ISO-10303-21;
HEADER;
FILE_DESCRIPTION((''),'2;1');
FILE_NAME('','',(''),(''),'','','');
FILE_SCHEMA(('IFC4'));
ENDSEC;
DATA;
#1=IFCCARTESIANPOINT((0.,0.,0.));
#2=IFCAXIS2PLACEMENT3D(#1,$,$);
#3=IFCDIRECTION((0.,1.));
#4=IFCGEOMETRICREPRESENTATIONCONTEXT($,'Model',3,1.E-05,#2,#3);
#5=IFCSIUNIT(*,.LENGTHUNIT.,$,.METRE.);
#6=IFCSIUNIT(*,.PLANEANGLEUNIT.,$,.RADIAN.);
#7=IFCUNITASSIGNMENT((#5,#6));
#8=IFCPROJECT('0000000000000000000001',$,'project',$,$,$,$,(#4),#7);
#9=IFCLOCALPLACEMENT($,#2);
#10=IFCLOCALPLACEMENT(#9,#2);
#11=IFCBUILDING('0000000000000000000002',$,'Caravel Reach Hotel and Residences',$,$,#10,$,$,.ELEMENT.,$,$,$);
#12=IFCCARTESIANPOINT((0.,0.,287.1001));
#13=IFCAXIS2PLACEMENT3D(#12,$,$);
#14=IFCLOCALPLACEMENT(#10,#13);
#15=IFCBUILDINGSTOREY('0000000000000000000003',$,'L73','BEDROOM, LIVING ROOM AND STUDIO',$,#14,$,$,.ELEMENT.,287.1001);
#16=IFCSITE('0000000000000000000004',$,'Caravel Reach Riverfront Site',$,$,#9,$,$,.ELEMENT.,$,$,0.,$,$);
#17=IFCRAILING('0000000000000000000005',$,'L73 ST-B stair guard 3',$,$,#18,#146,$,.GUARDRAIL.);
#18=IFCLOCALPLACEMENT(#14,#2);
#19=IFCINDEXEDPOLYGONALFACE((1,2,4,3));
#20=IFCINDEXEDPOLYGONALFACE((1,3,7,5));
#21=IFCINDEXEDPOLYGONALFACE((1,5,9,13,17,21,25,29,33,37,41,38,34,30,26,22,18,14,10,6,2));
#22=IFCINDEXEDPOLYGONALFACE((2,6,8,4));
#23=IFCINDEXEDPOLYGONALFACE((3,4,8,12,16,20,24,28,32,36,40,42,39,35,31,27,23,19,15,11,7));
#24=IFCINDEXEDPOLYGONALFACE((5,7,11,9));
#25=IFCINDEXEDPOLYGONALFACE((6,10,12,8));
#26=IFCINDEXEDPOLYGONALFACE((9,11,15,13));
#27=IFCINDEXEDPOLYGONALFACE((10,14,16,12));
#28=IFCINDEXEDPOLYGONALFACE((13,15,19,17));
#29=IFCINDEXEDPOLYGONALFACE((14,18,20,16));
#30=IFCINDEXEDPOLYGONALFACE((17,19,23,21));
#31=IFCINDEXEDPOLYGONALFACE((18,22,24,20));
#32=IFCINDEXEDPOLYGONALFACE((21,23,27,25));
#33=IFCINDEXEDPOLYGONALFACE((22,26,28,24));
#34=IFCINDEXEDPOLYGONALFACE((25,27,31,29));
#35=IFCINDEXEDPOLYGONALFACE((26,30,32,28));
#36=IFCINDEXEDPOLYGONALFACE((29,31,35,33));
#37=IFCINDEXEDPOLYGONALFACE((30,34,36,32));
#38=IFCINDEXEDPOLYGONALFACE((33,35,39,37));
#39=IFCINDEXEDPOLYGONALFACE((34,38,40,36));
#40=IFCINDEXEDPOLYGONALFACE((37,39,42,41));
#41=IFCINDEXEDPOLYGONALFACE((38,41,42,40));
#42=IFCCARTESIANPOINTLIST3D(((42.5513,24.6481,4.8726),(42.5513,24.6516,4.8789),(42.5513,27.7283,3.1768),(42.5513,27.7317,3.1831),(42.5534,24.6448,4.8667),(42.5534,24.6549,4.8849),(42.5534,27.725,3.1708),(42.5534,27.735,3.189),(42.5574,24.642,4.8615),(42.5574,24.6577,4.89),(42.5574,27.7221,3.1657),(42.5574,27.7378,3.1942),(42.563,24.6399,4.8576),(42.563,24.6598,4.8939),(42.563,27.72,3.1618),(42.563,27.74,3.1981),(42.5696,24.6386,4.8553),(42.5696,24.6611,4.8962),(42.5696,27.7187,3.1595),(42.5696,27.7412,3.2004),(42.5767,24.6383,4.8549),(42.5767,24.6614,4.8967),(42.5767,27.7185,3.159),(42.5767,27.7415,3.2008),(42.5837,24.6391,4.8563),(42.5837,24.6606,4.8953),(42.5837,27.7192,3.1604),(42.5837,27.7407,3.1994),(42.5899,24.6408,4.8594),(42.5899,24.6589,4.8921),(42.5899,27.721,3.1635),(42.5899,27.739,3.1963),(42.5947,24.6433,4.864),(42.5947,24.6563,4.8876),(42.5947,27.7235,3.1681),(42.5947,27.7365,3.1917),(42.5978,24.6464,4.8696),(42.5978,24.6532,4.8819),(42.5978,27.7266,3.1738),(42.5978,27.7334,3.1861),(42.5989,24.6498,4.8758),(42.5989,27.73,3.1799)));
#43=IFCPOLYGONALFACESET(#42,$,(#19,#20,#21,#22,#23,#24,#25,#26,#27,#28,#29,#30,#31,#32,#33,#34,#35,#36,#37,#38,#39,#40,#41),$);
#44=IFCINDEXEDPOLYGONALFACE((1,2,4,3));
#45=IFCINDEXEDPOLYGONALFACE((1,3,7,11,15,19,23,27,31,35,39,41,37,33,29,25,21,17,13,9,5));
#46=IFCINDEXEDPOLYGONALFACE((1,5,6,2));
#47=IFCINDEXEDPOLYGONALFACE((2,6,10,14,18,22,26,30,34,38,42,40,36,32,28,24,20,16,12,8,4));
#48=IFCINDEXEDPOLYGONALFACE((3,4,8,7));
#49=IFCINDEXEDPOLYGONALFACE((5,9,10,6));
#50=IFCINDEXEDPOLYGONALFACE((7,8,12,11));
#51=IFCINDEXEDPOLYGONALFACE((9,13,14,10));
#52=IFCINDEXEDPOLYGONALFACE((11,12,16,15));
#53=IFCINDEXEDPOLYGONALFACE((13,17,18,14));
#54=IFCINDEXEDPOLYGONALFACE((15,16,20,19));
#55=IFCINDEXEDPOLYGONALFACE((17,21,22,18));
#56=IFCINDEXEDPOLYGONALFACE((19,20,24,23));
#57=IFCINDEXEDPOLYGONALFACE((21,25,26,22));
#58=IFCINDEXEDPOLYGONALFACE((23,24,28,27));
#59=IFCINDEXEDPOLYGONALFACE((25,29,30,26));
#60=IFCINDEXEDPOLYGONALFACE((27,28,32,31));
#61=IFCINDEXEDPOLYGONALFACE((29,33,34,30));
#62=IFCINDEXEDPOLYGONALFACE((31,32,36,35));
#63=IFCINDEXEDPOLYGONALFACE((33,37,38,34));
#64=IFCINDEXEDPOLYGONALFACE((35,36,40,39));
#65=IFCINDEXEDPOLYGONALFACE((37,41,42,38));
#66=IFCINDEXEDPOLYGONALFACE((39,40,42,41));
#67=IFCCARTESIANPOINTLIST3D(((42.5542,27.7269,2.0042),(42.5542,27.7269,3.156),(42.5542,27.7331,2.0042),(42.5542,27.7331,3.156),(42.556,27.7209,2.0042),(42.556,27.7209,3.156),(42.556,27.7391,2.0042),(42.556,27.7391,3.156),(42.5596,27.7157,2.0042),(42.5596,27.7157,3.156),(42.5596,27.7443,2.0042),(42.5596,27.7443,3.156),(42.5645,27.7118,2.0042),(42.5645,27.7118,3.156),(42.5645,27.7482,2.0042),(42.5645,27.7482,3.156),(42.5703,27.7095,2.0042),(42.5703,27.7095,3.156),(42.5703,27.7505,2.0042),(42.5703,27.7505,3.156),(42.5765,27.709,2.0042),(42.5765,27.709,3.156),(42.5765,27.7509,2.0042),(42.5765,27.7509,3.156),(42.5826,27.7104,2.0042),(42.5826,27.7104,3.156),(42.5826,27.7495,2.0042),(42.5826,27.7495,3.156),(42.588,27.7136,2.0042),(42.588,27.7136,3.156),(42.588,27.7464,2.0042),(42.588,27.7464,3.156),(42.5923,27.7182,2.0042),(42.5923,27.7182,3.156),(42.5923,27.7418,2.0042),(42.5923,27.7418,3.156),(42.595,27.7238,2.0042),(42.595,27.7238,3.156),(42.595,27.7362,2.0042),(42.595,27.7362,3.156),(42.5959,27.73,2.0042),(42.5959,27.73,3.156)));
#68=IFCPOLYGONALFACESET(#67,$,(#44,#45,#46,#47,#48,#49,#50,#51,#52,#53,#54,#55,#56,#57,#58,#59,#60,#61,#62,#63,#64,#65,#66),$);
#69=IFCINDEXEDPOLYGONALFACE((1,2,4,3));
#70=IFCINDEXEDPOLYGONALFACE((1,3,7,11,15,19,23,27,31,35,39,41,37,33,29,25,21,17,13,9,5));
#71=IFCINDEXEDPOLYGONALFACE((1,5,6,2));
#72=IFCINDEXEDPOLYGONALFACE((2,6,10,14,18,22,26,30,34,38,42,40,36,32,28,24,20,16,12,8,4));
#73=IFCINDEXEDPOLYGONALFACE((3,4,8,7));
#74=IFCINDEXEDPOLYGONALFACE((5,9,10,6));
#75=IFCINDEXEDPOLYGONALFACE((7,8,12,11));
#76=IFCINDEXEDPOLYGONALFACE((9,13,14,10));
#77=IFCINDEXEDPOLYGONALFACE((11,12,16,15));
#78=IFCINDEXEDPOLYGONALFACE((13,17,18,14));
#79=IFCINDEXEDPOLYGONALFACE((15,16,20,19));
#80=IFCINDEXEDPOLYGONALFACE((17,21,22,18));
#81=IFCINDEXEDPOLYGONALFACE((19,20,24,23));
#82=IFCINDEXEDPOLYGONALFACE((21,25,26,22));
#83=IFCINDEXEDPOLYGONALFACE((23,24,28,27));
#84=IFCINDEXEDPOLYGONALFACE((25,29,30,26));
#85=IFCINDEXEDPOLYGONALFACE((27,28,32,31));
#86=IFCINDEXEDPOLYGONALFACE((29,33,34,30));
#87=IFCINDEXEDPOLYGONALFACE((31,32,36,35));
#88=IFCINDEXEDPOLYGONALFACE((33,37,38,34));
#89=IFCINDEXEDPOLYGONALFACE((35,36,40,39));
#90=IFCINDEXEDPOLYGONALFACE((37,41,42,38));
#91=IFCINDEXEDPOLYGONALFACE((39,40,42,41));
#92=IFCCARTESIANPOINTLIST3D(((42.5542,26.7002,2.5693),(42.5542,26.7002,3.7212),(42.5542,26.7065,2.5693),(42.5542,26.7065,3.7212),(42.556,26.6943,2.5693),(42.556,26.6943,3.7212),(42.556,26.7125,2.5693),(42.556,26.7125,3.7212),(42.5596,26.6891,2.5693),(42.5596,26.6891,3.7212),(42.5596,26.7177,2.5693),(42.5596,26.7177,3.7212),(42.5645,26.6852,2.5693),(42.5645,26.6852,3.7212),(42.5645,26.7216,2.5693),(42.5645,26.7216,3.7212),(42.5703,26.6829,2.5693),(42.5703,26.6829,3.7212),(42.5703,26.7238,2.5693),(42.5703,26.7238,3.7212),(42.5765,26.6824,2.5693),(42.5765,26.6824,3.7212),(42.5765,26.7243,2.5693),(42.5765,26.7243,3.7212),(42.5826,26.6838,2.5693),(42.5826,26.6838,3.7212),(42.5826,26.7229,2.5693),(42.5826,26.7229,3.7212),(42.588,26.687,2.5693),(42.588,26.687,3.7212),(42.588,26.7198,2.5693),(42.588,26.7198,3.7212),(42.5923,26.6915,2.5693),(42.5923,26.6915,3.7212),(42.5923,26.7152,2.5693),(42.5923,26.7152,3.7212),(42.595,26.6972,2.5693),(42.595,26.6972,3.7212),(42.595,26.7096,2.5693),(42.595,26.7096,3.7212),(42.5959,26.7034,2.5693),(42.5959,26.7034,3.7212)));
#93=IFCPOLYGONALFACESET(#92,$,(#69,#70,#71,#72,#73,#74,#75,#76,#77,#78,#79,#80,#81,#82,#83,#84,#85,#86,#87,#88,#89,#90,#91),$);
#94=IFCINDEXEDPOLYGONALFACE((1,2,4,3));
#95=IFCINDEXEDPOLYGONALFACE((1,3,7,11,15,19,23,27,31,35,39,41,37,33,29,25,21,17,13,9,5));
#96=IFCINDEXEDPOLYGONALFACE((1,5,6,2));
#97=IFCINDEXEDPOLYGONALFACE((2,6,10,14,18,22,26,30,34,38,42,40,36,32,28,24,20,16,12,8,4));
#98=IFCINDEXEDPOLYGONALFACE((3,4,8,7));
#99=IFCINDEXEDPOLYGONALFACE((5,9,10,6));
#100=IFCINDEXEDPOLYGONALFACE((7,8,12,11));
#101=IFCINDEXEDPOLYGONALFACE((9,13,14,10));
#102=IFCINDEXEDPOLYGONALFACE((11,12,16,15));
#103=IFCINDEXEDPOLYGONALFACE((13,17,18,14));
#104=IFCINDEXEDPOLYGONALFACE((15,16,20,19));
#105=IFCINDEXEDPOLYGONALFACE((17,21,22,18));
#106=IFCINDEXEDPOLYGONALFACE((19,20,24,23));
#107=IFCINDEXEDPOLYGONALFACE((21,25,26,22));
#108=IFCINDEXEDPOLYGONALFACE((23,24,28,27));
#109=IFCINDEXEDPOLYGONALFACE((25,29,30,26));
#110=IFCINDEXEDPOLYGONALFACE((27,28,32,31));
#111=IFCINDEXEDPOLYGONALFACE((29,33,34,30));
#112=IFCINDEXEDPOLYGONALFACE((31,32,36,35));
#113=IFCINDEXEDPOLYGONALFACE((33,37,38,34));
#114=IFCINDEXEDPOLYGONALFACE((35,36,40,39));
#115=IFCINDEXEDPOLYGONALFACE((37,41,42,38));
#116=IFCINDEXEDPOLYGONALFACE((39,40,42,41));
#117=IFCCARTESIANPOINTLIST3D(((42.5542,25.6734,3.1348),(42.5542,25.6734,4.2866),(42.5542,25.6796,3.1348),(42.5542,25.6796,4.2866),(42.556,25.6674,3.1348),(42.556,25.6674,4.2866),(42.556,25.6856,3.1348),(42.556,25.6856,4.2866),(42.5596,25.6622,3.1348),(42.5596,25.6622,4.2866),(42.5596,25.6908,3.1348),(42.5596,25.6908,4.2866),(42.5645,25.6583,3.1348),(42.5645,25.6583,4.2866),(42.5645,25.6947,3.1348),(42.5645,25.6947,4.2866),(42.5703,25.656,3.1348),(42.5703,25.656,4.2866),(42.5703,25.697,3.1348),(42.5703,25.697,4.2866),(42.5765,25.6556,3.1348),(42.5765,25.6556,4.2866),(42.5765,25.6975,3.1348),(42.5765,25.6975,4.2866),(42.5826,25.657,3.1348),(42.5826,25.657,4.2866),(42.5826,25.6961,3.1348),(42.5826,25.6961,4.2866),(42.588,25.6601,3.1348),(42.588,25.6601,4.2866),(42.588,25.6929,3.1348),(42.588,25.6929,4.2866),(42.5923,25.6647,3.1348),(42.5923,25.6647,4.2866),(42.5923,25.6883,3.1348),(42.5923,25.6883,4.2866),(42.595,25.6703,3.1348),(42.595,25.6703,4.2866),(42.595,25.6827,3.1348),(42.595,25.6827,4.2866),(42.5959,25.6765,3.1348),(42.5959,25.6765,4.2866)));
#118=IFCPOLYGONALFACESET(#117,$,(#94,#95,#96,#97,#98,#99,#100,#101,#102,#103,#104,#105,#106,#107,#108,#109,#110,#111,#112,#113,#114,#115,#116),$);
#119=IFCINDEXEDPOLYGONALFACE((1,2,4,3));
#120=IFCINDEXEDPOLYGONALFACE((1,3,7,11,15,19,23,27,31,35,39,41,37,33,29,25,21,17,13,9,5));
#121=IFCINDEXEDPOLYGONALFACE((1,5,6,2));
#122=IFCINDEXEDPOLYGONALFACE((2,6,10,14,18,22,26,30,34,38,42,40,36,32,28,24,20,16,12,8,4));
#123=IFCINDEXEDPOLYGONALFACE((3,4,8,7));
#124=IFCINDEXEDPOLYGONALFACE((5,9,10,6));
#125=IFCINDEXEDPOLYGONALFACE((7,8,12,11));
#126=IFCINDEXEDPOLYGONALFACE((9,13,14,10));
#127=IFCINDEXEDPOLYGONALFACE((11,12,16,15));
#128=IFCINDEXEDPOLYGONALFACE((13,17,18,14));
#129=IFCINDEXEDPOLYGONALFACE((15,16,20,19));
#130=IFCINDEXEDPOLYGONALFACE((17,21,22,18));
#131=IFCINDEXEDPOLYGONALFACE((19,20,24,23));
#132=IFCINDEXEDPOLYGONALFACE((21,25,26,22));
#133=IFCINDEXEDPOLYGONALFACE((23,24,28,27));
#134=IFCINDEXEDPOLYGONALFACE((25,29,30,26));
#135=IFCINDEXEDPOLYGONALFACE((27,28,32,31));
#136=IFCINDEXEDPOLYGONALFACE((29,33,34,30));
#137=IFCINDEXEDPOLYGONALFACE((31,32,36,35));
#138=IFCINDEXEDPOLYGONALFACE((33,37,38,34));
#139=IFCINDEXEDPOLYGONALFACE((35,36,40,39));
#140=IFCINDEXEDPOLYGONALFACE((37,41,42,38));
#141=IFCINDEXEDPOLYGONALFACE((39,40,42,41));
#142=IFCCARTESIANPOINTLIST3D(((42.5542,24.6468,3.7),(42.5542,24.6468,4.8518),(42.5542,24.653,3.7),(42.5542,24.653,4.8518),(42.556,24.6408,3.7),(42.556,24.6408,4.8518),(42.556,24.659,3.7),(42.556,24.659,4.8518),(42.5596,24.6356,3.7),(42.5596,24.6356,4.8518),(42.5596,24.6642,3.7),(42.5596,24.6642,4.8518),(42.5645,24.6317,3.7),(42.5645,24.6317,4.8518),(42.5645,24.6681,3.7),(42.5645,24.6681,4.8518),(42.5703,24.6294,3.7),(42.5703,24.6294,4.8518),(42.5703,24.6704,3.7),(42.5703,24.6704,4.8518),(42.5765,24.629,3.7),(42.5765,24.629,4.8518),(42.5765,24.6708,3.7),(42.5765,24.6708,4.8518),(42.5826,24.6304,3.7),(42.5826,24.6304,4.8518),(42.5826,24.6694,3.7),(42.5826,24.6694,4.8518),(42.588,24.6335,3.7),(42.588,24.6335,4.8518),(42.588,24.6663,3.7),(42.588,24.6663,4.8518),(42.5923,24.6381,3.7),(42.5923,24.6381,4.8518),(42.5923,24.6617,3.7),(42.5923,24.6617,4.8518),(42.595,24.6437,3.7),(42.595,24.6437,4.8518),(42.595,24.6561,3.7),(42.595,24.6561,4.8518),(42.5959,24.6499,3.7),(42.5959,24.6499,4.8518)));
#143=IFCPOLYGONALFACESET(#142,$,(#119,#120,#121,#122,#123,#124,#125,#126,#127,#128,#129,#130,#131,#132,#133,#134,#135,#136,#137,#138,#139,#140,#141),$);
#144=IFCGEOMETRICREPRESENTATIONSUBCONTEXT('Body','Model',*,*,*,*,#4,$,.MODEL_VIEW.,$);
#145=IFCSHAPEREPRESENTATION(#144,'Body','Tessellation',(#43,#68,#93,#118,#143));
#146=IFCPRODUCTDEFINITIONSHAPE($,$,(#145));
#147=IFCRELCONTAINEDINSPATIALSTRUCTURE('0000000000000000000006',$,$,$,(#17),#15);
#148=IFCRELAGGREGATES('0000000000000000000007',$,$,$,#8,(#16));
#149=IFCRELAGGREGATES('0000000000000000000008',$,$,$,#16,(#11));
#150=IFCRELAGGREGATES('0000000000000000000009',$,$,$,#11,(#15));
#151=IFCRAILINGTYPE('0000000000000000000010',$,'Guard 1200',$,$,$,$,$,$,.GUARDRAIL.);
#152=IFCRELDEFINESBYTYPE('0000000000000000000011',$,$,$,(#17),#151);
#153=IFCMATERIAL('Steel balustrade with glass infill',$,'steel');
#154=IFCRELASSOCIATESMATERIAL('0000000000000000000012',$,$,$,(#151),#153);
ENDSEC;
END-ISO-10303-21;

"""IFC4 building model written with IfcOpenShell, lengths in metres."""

from ifc_helpers import new_model, si_unit, direction, frame, origin, origin_2d, place, context, subcontext, project, spatial, circle, extrude, material, type_object, element, save


model = new_model("IFC4")

# Units and contexts
model_context = context("Model", 3, precision=1e-05, world=origin(), true_north=direction((0.0, 1.0)))
body_context = subcontext(model_context, "Body", "Model", "MODEL_VIEW")
ifc_project = project(units=[si_unit("LENGTHUNIT", "METRE"), si_unit("PLANEANGLEUNIT", "RADIAN")], contexts=[model_context])

# Site, building, storey
site_placement = place(None, origin())
site = spatial("IfcSite", under=ifc_project, at=site_placement, Name="Caravel Reach Riverfront Site", CompositionType="ELEMENT", RefElevation=0.0)
building_placement = place(site_placement, origin())
building = spatial("IfcBuilding", under=site, at=building_placement, Name="Caravel Reach Hotel and Residences", CompositionType="ELEMENT")
storey_placement = place(building_placement, frame((0.0, 0.0, 287.1001)))
storey = spatial("IfcBuildingStorey", under=building, at=storey_placement, Name="L73", Description="BEDROOM, LIVING ROOM AND STUDIO", CompositionType="ELEMENT", Elevation=287.1001)

# Railing
ifc_material_1 = material(Name="Steel balustrade with glass infill", Category="steel")
railing_type_1 = type_object("IfcRailingType", Name="Guard 1200", PredefinedType="GUARDRAIL", material=ifc_material_1)
railing_1_placement = place(storey_placement, frame((42.575, 27.73, 2.0042)))
element("IfcRailing", 1, at=railing_1_placement, inside=storey, type_object=railing_type_1, Name="L73 ST-B stair guard 3", PredefinedType="GUARDRAIL", context=body_context, shape_type="SweptSolid", body=[
    extrude(circle(Radius=0.0239, at=origin_2d()), frame((0.0, 0.0, 1.1758), z_axis=(0.0, -0.876005, 0.482303), x_axis=(1.0, 0.0, 0.0)), (0.0, 0.0, 1.0), 3.5161),
    extrude(circle(Radius=0.021, at=origin_2d()), origin(), (0.0, 0.0, 1.0), 1.1519),
    extrude(circle(Radius=0.021, at=origin_2d()), frame((0.0, -1.0266, 0.5652)), (0.0, 0.0, 1.0), 1.1519),
    extrude(circle(Radius=0.021, at=origin_2d()), frame((0.0, -2.0535, 1.1306)), (0.0, 0.0, 1.0), 1.1519),
    extrude(circle(Radius=0.021, at=origin_2d()), frame((0.0, -3.0801, 1.6958)), (0.0, 0.0, 1.0), 1.1519),
])

save(model, "model.ifc")
